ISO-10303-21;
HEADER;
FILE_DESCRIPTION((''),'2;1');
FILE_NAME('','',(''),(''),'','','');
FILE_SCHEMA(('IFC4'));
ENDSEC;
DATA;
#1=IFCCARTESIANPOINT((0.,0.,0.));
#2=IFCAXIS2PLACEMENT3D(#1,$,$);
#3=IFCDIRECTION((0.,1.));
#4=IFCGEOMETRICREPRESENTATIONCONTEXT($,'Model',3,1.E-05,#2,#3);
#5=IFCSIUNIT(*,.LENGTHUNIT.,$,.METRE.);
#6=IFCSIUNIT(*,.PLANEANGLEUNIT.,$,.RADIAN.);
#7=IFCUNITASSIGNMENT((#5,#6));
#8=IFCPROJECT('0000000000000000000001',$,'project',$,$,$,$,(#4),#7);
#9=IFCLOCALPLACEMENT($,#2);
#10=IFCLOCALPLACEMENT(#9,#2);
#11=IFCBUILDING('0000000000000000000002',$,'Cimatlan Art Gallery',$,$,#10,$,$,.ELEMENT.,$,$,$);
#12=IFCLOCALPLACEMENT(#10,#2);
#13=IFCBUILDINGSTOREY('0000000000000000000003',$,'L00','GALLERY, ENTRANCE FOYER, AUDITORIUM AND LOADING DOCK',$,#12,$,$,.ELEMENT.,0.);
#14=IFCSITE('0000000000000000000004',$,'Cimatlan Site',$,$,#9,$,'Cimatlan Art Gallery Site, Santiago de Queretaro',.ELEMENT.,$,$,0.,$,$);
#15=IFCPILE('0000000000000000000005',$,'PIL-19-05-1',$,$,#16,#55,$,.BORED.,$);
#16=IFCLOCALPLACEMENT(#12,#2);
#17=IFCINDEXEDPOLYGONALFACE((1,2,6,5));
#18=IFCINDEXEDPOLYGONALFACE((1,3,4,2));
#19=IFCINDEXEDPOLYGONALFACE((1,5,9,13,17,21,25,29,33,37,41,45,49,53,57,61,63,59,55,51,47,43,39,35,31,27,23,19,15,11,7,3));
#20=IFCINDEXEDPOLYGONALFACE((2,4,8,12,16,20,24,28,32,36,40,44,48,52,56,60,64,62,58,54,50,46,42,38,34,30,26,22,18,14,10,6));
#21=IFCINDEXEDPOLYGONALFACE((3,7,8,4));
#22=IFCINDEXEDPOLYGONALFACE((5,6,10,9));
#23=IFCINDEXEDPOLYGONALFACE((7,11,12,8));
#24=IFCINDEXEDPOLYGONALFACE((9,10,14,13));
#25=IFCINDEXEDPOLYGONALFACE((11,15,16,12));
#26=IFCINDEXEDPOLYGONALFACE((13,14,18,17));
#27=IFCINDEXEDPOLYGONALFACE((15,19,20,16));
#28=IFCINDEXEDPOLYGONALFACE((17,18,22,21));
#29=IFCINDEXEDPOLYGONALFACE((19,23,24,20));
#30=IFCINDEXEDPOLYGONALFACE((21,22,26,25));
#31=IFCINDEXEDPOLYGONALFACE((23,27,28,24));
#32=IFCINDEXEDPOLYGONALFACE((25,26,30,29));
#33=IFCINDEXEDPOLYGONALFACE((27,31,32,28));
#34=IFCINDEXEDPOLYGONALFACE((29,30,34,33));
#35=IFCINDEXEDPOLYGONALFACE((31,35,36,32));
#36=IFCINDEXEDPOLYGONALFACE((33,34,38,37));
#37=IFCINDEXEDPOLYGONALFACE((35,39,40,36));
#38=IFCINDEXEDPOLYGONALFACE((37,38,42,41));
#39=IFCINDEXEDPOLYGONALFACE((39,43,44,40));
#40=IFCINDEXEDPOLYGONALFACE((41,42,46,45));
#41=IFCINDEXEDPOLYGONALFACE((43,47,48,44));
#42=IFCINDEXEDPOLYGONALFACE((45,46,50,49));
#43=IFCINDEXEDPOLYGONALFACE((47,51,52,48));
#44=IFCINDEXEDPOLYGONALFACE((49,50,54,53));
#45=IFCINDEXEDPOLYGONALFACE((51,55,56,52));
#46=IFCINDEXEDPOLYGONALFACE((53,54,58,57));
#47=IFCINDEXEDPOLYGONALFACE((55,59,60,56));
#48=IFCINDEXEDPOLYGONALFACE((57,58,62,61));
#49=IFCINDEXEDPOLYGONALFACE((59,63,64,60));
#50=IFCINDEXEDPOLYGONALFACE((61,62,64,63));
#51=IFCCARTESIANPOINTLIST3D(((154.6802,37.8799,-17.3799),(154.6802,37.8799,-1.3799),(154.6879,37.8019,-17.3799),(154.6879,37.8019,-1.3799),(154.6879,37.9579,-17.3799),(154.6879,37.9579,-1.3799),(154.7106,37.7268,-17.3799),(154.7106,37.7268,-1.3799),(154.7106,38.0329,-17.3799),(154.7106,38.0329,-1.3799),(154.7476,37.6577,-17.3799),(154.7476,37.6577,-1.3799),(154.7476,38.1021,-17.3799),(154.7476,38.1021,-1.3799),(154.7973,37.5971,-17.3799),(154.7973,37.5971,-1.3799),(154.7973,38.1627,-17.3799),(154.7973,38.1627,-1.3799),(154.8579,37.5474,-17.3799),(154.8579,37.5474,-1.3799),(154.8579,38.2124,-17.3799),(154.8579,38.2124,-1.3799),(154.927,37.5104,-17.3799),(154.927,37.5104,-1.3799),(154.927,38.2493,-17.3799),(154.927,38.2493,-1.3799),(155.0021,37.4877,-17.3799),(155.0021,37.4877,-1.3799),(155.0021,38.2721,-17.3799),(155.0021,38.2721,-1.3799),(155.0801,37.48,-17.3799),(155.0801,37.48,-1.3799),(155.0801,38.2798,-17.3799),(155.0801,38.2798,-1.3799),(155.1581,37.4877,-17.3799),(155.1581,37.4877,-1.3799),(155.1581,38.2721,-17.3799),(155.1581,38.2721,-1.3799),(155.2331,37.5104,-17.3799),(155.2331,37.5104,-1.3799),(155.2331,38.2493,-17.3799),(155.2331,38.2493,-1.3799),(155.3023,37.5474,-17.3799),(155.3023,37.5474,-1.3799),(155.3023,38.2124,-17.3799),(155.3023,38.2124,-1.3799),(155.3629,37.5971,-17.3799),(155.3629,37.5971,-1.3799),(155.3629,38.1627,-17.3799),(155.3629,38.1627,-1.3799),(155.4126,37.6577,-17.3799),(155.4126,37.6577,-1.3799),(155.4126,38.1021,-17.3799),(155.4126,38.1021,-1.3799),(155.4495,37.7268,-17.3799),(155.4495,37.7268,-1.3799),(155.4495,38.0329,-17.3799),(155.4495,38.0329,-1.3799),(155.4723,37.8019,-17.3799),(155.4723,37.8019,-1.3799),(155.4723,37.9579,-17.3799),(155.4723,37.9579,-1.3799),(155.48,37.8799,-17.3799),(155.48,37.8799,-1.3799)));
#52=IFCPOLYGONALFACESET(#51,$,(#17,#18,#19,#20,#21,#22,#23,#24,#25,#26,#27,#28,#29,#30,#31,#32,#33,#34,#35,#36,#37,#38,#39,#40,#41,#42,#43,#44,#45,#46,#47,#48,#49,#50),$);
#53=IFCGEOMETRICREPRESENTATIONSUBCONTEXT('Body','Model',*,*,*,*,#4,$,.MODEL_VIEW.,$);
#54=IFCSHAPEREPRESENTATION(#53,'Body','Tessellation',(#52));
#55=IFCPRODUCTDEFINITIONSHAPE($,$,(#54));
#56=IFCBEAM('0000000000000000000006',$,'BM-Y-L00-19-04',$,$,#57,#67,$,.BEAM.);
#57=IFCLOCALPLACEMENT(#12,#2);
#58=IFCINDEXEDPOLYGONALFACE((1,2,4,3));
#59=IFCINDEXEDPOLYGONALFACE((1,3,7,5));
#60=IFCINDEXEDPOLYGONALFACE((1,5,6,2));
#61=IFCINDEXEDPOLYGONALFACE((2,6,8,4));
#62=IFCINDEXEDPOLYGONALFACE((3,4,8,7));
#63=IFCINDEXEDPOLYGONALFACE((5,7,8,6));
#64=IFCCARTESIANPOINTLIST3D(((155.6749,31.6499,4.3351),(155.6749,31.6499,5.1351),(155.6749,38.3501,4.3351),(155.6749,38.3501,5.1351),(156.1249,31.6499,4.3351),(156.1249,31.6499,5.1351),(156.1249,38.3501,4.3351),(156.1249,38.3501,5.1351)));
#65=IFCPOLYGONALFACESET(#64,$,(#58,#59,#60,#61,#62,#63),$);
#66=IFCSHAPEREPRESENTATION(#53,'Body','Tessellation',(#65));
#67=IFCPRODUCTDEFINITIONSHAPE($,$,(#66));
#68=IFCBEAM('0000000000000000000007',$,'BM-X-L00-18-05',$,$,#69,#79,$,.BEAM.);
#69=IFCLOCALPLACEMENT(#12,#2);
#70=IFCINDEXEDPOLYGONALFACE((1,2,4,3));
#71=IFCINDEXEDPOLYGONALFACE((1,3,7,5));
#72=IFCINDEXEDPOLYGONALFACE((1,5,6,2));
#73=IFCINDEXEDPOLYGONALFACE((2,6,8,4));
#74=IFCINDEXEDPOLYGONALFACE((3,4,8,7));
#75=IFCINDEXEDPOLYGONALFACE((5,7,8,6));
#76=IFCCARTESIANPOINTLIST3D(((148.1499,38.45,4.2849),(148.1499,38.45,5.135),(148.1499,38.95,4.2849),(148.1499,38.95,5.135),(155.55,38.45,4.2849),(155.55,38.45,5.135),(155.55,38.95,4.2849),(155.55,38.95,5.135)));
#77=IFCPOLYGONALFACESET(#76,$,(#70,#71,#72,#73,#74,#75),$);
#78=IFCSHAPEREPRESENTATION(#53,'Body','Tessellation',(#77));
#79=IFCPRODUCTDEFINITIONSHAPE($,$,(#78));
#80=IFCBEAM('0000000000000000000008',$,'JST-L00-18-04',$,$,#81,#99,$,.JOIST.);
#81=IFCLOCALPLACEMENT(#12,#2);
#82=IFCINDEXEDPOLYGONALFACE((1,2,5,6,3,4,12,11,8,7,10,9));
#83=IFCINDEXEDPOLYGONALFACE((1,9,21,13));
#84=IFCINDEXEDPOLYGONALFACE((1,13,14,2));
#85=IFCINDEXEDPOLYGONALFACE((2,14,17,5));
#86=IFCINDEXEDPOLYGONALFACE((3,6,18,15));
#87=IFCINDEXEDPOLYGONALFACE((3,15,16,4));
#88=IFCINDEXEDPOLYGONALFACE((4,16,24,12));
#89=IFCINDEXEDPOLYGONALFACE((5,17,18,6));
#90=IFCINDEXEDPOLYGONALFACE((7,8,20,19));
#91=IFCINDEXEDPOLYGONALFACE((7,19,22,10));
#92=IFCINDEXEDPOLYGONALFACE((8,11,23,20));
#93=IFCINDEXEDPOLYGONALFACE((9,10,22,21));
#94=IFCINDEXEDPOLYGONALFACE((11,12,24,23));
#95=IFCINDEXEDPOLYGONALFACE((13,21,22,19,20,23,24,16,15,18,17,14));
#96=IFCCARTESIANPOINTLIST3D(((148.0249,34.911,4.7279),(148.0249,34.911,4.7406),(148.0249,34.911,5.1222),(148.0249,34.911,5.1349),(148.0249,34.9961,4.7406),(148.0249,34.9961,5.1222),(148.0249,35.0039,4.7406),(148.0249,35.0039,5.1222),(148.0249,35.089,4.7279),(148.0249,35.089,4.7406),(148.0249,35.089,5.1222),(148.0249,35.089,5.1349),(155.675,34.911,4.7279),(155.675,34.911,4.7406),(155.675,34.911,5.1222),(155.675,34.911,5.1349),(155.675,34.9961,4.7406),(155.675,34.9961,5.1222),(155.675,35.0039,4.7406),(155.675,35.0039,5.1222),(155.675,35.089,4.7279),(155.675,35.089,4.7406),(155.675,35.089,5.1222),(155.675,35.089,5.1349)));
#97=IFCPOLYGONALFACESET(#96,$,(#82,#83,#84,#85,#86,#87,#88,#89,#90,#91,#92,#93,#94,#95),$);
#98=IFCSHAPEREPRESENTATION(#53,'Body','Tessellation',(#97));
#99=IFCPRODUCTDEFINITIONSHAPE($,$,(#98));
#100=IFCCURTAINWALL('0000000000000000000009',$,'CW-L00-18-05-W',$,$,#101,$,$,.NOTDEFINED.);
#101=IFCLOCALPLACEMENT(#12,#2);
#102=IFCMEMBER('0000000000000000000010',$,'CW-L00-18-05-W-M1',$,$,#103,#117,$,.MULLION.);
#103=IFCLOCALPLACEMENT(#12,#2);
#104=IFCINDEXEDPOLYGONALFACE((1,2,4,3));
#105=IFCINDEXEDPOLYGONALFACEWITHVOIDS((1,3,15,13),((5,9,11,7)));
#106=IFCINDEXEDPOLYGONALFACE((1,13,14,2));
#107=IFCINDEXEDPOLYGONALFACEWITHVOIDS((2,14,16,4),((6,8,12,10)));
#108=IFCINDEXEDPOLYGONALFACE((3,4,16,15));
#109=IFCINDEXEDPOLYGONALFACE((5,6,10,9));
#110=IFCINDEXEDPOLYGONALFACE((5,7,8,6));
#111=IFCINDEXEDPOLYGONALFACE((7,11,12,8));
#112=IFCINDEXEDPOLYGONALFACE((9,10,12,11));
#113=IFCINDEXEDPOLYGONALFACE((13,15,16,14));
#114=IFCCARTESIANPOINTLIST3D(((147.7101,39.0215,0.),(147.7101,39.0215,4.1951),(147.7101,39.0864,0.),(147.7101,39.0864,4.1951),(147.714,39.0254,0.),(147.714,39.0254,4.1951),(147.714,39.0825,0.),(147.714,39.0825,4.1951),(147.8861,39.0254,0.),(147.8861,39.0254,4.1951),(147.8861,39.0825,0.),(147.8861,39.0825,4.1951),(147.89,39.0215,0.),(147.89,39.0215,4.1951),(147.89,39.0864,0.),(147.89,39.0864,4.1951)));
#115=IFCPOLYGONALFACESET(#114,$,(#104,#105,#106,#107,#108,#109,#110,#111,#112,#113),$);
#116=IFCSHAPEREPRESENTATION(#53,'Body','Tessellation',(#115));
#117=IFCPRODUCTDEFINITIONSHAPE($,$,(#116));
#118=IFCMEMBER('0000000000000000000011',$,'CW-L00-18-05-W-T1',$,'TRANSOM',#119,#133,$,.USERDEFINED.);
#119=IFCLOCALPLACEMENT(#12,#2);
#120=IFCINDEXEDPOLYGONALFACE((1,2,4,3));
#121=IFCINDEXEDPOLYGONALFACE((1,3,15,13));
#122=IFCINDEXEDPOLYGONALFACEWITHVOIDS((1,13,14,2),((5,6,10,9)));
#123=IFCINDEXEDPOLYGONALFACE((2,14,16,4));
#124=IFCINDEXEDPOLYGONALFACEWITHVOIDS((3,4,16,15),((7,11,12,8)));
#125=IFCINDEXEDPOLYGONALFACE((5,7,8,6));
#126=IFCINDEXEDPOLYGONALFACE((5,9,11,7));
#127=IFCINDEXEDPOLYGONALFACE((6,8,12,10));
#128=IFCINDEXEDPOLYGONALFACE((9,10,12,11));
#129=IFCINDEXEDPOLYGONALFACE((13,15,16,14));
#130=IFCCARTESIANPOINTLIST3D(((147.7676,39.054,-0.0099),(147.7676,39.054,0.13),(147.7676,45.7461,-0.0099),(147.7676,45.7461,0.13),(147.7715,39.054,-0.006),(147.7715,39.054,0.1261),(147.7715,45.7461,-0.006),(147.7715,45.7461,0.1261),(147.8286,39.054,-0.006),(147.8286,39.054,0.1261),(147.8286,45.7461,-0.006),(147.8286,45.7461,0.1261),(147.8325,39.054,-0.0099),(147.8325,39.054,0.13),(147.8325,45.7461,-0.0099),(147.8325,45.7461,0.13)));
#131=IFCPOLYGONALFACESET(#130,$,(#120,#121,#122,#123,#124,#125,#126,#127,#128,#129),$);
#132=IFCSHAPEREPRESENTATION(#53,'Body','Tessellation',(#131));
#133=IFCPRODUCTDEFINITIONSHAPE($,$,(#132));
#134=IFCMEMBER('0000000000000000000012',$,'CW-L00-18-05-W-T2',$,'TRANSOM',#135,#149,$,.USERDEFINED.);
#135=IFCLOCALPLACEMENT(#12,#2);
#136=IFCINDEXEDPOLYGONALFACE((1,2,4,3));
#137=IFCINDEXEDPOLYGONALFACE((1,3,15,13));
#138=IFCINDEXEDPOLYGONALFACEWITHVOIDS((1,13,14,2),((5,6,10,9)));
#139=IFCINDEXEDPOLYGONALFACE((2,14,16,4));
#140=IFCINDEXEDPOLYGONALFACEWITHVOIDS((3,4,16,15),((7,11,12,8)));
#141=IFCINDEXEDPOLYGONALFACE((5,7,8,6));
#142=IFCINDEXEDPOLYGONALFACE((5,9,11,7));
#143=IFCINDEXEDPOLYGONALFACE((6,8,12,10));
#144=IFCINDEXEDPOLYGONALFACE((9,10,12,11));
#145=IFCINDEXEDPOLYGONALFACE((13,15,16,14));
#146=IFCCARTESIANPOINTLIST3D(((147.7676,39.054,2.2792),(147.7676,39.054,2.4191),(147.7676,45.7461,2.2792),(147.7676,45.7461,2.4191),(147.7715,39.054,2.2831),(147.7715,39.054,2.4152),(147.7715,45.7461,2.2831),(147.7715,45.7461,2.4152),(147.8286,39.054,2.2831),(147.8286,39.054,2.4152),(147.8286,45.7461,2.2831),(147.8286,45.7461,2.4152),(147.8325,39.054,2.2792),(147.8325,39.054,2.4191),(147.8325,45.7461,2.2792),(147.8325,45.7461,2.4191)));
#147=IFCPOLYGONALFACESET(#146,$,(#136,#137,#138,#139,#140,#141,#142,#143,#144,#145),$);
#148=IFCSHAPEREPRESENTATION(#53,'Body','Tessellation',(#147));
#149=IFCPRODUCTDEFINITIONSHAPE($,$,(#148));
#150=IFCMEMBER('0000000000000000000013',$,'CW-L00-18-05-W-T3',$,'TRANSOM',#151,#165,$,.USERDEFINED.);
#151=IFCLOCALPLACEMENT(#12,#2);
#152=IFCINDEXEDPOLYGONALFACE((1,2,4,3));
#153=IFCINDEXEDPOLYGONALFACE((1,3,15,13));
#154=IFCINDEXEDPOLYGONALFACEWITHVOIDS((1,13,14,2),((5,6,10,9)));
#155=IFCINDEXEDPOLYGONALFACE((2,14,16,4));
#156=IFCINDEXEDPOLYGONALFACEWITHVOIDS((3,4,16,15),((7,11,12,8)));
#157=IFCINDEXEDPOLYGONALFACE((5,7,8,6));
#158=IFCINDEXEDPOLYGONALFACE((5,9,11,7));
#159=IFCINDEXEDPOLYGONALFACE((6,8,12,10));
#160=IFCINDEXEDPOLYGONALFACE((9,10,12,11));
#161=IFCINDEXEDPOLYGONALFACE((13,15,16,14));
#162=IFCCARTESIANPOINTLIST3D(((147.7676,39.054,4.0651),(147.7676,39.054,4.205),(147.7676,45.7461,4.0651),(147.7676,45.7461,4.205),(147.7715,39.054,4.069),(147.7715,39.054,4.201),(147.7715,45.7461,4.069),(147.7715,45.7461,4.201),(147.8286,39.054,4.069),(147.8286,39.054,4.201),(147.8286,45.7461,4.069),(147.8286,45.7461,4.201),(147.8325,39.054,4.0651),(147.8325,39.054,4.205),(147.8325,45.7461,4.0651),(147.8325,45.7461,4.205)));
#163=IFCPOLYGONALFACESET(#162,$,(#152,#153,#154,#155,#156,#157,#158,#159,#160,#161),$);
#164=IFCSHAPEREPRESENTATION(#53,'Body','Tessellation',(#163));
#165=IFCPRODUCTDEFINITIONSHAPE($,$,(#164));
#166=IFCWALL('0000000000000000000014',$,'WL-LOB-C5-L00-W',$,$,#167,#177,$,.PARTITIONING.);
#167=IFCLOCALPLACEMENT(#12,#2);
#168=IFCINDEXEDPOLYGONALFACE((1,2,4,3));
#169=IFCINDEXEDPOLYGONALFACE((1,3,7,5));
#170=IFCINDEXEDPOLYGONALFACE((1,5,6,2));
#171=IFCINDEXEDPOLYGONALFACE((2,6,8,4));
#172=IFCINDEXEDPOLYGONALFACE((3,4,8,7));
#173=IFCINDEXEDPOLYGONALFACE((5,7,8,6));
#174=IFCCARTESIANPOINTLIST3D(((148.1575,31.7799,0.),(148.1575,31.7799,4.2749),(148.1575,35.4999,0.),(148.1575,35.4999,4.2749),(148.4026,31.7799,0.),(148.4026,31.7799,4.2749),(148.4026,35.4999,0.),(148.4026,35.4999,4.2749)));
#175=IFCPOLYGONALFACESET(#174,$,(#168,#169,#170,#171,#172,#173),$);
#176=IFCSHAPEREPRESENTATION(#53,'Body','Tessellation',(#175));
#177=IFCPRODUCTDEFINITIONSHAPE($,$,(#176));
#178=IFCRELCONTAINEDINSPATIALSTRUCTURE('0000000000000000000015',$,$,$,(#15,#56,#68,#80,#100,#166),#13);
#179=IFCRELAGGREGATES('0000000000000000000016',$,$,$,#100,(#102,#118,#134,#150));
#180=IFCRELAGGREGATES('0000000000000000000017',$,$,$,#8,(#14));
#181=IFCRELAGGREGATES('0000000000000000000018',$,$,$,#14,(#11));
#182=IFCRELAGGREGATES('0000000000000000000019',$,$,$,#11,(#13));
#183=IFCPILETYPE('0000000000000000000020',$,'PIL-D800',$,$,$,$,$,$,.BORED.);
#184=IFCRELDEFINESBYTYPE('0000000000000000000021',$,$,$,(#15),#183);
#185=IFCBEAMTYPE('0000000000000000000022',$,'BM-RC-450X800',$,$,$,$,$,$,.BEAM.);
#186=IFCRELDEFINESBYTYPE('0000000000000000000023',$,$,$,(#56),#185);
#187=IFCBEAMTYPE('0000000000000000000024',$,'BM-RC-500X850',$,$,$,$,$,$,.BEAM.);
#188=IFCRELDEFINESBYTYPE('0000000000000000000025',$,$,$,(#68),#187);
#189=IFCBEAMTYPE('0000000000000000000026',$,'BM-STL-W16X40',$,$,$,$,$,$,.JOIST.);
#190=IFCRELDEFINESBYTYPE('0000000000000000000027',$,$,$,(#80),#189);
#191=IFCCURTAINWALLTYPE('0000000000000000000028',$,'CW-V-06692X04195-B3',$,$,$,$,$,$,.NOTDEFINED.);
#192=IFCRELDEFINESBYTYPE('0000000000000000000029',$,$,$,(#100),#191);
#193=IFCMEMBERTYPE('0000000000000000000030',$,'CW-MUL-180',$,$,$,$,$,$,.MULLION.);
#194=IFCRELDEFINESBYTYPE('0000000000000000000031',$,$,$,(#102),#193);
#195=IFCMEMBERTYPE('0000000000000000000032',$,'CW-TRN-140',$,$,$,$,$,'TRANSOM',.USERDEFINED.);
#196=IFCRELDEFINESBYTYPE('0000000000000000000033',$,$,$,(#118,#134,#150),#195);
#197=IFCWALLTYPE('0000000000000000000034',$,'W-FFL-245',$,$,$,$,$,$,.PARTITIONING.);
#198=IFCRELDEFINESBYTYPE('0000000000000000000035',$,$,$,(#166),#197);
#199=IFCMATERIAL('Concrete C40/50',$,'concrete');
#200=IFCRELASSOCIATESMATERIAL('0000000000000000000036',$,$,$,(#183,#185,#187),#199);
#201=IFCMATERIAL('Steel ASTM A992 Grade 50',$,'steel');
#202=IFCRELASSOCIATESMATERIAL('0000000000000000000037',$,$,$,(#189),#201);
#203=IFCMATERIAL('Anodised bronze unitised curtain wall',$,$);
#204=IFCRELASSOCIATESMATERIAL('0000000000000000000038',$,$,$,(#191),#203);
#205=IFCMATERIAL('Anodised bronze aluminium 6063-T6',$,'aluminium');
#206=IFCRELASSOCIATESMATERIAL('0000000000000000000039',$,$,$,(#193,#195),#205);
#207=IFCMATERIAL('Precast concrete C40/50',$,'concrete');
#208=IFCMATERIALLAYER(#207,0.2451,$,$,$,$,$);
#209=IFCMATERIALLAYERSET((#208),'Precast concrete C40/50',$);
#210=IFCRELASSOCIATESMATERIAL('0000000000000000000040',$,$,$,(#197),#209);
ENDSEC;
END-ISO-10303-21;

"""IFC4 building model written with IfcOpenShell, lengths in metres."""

from ifc_helpers import new_model, si_unit, direction, frame, frame_2d, origin, origin_2d, place, context, subcontext, project, spatial, rectangle, hollow_rectangle, circle, i_section, extrude, material, layer, layer_set, material_profile, profile_set, type_object, element, aggregate, save


model = new_model("IFC4")

# Units and contexts
model_context = context("Model", 3, precision=1e-05, world=origin(), true_north=direction((0.0, 1.0)))
body_context = subcontext(model_context, "Body", "Model", "MODEL_VIEW")
ifc_project = project(units=[si_unit("LENGTHUNIT", "METRE"), si_unit("PLANEANGLEUNIT", "RADIAN")], contexts=[model_context])

# Site, building, storey
site_placement = place(None, origin())
site = spatial("IfcSite", under=ifc_project, at=site_placement, Name="Cimatlan Site", LongName="Cimatlan Art Gallery Site, Santiago de Queretaro", CompositionType="ELEMENT", RefElevation=0.0)
building_placement = place(site_placement, origin())
building = spatial("IfcBuilding", under=site, at=building_placement, Name="Cimatlan Art Gallery", CompositionType="ELEMENT")
storey_placement = place(building_placement, origin())
storey = spatial("IfcBuildingStorey", under=building, at=storey_placement, Name="L00", Description="GALLERY, ENTRANCE FOYER, AUDITORIUM AND LOADING DOCK", CompositionType="ELEMENT", Elevation=0.0)

# Shared definitions
ifc_material_1 = material(Name="Concrete C40/50", Category="concrete")

# Pile
pile_type = type_object("IfcPileType", Name="PIL-D800", PredefinedType="BORED", material=ifc_material_1)
for number, where, z_axis, x_axis, name in (
    (1, (155.0801, 37.8799, -1.3799), (0.0, 0.0, -1.0), (1.0, 0.0, 0.0), "PIL-19-05-1"),
):
    element("IfcPile", number, at=place(storey_placement, frame(where, z_axis=z_axis, x_axis=x_axis)), inside=storey, type_object=pile_type, Name=name, PredefinedType="BORED", context=body_context, shape_type="SweptSolid", body=[
        extrude(circle(Radius=0.3999, at=origin_2d()), origin(), (0.0, 0.0, 1.0), 16.0),
    ])

# Beams
ifc_material_profile_1 = material_profile(ifc_material_1, rectangle(XDim=0.45, YDim=0.8, at=origin_2d()), Name="RC450X800")
ifc_profile_set_1 = profile_set([ifc_material_profile_1], Name="Concrete C40/50")
beam_type_1 = type_object("IfcBeamType", Name="BM-RC-450X800", PredefinedType="BEAM", material=ifc_profile_set_1)
beam_1_placement = place(storey_placement, frame((155.8999, 31.6499, 4.7351), z_axis=(0.0, 1.0, 0.0), x_axis=(-1.0, 0.0, 0.0)))
element("IfcBeam", 2, at=beam_1_placement, inside=storey, type_object=beam_type_1, Name="BM-Y-L00-19-04", PredefinedType="BEAM", context=body_context, shape_type="SweptSolid", body=[
    extrude(rectangle(XDim=0.45, YDim=0.8, at=origin_2d()), origin(), (0.0, 0.0, 1.0), 6.7002),
])
ifc_material_profile_2 = material_profile(ifc_material_1, rectangle(XDim=0.5, YDim=0.8501, at=origin_2d()), Name="RC500X850")
ifc_profile_set_2 = profile_set([ifc_material_profile_2], Name="Concrete C40/50")
beam_type_2 = type_object("IfcBeamType", Name="BM-RC-500X850", PredefinedType="BEAM", material=ifc_profile_set_2)
beam_2_placement = place(storey_placement, frame((148.1499, 38.7, 4.71), z_axis=(1.0, 0.0, 0.0), x_axis=(0.0, 1.0, 0.0)))
element("IfcBeam", 3, at=beam_2_placement, inside=storey, type_object=beam_type_2, Name="BM-X-L00-18-05", PredefinedType="BEAM", context=body_context, shape_type="SweptSolid", body=[
    extrude(rectangle(XDim=0.5, YDim=0.8501, at=origin_2d()), origin(), (0.0, 0.0, 1.0), 7.4001),
])
ifc_material_2 = material(Name="Steel ASTM A992 Grade 50", Category="steel")
ifc_material_profile_3 = material_profile(ifc_material_2, i_section(OverallWidth=0.178, OverallDepth=0.407, WebThickness=0.0078, FlangeThickness=0.0127, at=origin_2d()), Name="W16X40")
ifc_profile_set_3 = profile_set([ifc_material_profile_3], Name="Steel ASTM A992 Grade 50")
beam_type_3 = type_object("IfcBeamType", Name="BM-STL-W16X40", PredefinedType="JOIST", material=ifc_profile_set_3)
beam_3_placement = place(storey_placement, frame((148.0249, 35.0, 4.9314), z_axis=(1.0, 0.0, 0.0), x_axis=(0.0, 1.0, 0.0)))
element("IfcBeam", 4, at=beam_3_placement, inside=storey, type_object=beam_type_3, Name="JST-L00-18-04", PredefinedType="JOIST", context=body_context, shape_type="SweptSolid", body=[
    extrude(i_section(OverallWidth=0.178, OverallDepth=0.407, WebThickness=0.0078, FlangeThickness=0.0127, at=origin_2d()), origin(), (0.0, 0.0, 1.0), 7.6501),
])

# Curtain wall, members
ifc_material_3 = material(Name="Anodised bronze unitised curtain wall")
curtain_wall_type = type_object("IfcCurtainWallType", Name="CW-V-06692X04195-B3", PredefinedType="NOTDEFINED", material=ifc_material_3)
curtain_wall_placement = place(storey_placement, origin())
curtain_wall = element("IfcCurtainWall", 5, at=curtain_wall_placement, inside=storey, type_object=curtain_wall_type, Name="CW-L00-18-05-W", PredefinedType="NOTDEFINED")
ifc_material_4 = material(Name="Anodised bronze aluminium 6063-T6", Category="aluminium")
ifc_material_profile_4 = material_profile(ifc_material_4, hollow_rectangle(XDim=0.0649, YDim=0.1799, WallThickness=0.0039, at=origin_2d()), Name="ALU65X180X4")
ifc_profile_set_4 = profile_set([ifc_material_profile_4], Name="Anodised bronze aluminium 6063-T6")
member_type_1 = type_object("IfcMemberType", Name="CW-MUL-180", PredefinedType="MULLION", material=ifc_profile_set_4)
member_1_placement = place(storey_placement, frame((147.8, 39.054, 0.0), z_axis=(0.0, 0.0, 1.0), x_axis=(0.0, 1.0, 0.0)))
member_1 = element("IfcMember", 6, at=member_1_placement, type_object=member_type_1, Name="CW-L00-18-05-W-M1", PredefinedType="MULLION", context=body_context, shape_type="SweptSolid", body=[
    extrude(hollow_rectangle(XDim=0.0649, YDim=0.1799, WallThickness=0.0039, at=origin_2d()), origin(), (0.0, 0.0, 1.0), 4.1951),
])
ifc_material_profile_5 = material_profile(ifc_material_4, hollow_rectangle(XDim=0.0649, YDim=0.1399, WallThickness=0.0039, at=origin_2d()), Name="ALU65X140X4")
ifc_profile_set_5 = profile_set([ifc_material_profile_5], Name="Anodised bronze aluminium 6063-T6")
member_type_2 = type_object("IfcMemberType", Name="CW-TRN-140", ElementType="TRANSOM", PredefinedType="USERDEFINED", material=ifc_profile_set_5)
member_2_placement = place(storey_placement, frame((147.8, 39.054, 0.0601), z_axis=(0.0, 1.0, 0.0), x_axis=(-1.0, 0.0, 0.0)))
member_2 = element("IfcMember", 7, at=member_2_placement, type_object=member_type_2, Name="CW-L00-18-05-W-T1", ObjectType="TRANSOM", PredefinedType="USERDEFINED", context=body_context, shape_type="SweptSolid", body=[
    extrude(hollow_rectangle(XDim=0.0649, YDim=0.1399, WallThickness=0.0039, at=origin_2d()), origin(), (0.0, 0.0, 1.0), 6.6921),
])
member_3_placement = place(storey_placement, frame((147.8, 39.054, 2.3491), z_axis=(0.0, 1.0, 0.0), x_axis=(-1.0, 0.0, 0.0)))
member_3 = element("IfcMember", 8, at=member_3_placement, type_object=member_type_2, Name="CW-L00-18-05-W-T2", ObjectType="TRANSOM", PredefinedType="USERDEFINED", context=body_context, shape_type="SweptSolid", body=[
    extrude(hollow_rectangle(XDim=0.0649, YDim=0.1399, WallThickness=0.0039, at=origin_2d()), origin(), (0.0, 0.0, 1.0), 6.6921),
])
member_4_placement = place(storey_placement, frame((147.8, 39.054, 4.135), z_axis=(0.0, 1.0, 0.0), x_axis=(-1.0, 0.0, 0.0)))
member_4 = element("IfcMember", 9, at=member_4_placement, type_object=member_type_2, Name="CW-L00-18-05-W-T3", ObjectType="TRANSOM", PredefinedType="USERDEFINED", context=body_context, shape_type="SweptSolid", body=[
    extrude(hollow_rectangle(XDim=0.0649, YDim=0.1399, WallThickness=0.0039, at=origin_2d()), origin(), (0.0, 0.0, 1.0), 6.6921),
])
aggregate(curtain_wall, [member_1, member_2, member_3, member_4])

# Shared definitions
ifc_material_5 = material(Name="Precast concrete C40/50", Category="concrete")
ifc_layer_1 = layer(ifc_material_5, 0.2451)
ifc_layer_set_1 = layer_set([ifc_layer_1], Name="Precast concrete C40/50")
wall_type_1 = type_object("IfcWallType", Name="W-FFL-245", PredefinedType="PARTITIONING", material=ifc_layer_set_1)

# Wall
for number, where, z_axis, x_axis, name in (
    (10, (148.28, 31.78, 0.0), (0.0, 0.0, 1.0), (0.0, 1.0, 0.0), "WL-LOB-C5-L00-W"),
):
    element("IfcWall", number, at=place(storey_placement, frame(where, z_axis=z_axis, x_axis=x_axis)), inside=storey, type_object=wall_type_1, Name=name, PredefinedType="PARTITIONING", context=body_context, shape_type="SweptSolid", body=[
        extrude(rectangle(XDim=3.72, YDim=0.2451, at=frame_2d((1.8599, 0.0))), origin(), (0.0, 0.0, 1.0), 4.2749),
    ])

save(model, "model.ifc")
